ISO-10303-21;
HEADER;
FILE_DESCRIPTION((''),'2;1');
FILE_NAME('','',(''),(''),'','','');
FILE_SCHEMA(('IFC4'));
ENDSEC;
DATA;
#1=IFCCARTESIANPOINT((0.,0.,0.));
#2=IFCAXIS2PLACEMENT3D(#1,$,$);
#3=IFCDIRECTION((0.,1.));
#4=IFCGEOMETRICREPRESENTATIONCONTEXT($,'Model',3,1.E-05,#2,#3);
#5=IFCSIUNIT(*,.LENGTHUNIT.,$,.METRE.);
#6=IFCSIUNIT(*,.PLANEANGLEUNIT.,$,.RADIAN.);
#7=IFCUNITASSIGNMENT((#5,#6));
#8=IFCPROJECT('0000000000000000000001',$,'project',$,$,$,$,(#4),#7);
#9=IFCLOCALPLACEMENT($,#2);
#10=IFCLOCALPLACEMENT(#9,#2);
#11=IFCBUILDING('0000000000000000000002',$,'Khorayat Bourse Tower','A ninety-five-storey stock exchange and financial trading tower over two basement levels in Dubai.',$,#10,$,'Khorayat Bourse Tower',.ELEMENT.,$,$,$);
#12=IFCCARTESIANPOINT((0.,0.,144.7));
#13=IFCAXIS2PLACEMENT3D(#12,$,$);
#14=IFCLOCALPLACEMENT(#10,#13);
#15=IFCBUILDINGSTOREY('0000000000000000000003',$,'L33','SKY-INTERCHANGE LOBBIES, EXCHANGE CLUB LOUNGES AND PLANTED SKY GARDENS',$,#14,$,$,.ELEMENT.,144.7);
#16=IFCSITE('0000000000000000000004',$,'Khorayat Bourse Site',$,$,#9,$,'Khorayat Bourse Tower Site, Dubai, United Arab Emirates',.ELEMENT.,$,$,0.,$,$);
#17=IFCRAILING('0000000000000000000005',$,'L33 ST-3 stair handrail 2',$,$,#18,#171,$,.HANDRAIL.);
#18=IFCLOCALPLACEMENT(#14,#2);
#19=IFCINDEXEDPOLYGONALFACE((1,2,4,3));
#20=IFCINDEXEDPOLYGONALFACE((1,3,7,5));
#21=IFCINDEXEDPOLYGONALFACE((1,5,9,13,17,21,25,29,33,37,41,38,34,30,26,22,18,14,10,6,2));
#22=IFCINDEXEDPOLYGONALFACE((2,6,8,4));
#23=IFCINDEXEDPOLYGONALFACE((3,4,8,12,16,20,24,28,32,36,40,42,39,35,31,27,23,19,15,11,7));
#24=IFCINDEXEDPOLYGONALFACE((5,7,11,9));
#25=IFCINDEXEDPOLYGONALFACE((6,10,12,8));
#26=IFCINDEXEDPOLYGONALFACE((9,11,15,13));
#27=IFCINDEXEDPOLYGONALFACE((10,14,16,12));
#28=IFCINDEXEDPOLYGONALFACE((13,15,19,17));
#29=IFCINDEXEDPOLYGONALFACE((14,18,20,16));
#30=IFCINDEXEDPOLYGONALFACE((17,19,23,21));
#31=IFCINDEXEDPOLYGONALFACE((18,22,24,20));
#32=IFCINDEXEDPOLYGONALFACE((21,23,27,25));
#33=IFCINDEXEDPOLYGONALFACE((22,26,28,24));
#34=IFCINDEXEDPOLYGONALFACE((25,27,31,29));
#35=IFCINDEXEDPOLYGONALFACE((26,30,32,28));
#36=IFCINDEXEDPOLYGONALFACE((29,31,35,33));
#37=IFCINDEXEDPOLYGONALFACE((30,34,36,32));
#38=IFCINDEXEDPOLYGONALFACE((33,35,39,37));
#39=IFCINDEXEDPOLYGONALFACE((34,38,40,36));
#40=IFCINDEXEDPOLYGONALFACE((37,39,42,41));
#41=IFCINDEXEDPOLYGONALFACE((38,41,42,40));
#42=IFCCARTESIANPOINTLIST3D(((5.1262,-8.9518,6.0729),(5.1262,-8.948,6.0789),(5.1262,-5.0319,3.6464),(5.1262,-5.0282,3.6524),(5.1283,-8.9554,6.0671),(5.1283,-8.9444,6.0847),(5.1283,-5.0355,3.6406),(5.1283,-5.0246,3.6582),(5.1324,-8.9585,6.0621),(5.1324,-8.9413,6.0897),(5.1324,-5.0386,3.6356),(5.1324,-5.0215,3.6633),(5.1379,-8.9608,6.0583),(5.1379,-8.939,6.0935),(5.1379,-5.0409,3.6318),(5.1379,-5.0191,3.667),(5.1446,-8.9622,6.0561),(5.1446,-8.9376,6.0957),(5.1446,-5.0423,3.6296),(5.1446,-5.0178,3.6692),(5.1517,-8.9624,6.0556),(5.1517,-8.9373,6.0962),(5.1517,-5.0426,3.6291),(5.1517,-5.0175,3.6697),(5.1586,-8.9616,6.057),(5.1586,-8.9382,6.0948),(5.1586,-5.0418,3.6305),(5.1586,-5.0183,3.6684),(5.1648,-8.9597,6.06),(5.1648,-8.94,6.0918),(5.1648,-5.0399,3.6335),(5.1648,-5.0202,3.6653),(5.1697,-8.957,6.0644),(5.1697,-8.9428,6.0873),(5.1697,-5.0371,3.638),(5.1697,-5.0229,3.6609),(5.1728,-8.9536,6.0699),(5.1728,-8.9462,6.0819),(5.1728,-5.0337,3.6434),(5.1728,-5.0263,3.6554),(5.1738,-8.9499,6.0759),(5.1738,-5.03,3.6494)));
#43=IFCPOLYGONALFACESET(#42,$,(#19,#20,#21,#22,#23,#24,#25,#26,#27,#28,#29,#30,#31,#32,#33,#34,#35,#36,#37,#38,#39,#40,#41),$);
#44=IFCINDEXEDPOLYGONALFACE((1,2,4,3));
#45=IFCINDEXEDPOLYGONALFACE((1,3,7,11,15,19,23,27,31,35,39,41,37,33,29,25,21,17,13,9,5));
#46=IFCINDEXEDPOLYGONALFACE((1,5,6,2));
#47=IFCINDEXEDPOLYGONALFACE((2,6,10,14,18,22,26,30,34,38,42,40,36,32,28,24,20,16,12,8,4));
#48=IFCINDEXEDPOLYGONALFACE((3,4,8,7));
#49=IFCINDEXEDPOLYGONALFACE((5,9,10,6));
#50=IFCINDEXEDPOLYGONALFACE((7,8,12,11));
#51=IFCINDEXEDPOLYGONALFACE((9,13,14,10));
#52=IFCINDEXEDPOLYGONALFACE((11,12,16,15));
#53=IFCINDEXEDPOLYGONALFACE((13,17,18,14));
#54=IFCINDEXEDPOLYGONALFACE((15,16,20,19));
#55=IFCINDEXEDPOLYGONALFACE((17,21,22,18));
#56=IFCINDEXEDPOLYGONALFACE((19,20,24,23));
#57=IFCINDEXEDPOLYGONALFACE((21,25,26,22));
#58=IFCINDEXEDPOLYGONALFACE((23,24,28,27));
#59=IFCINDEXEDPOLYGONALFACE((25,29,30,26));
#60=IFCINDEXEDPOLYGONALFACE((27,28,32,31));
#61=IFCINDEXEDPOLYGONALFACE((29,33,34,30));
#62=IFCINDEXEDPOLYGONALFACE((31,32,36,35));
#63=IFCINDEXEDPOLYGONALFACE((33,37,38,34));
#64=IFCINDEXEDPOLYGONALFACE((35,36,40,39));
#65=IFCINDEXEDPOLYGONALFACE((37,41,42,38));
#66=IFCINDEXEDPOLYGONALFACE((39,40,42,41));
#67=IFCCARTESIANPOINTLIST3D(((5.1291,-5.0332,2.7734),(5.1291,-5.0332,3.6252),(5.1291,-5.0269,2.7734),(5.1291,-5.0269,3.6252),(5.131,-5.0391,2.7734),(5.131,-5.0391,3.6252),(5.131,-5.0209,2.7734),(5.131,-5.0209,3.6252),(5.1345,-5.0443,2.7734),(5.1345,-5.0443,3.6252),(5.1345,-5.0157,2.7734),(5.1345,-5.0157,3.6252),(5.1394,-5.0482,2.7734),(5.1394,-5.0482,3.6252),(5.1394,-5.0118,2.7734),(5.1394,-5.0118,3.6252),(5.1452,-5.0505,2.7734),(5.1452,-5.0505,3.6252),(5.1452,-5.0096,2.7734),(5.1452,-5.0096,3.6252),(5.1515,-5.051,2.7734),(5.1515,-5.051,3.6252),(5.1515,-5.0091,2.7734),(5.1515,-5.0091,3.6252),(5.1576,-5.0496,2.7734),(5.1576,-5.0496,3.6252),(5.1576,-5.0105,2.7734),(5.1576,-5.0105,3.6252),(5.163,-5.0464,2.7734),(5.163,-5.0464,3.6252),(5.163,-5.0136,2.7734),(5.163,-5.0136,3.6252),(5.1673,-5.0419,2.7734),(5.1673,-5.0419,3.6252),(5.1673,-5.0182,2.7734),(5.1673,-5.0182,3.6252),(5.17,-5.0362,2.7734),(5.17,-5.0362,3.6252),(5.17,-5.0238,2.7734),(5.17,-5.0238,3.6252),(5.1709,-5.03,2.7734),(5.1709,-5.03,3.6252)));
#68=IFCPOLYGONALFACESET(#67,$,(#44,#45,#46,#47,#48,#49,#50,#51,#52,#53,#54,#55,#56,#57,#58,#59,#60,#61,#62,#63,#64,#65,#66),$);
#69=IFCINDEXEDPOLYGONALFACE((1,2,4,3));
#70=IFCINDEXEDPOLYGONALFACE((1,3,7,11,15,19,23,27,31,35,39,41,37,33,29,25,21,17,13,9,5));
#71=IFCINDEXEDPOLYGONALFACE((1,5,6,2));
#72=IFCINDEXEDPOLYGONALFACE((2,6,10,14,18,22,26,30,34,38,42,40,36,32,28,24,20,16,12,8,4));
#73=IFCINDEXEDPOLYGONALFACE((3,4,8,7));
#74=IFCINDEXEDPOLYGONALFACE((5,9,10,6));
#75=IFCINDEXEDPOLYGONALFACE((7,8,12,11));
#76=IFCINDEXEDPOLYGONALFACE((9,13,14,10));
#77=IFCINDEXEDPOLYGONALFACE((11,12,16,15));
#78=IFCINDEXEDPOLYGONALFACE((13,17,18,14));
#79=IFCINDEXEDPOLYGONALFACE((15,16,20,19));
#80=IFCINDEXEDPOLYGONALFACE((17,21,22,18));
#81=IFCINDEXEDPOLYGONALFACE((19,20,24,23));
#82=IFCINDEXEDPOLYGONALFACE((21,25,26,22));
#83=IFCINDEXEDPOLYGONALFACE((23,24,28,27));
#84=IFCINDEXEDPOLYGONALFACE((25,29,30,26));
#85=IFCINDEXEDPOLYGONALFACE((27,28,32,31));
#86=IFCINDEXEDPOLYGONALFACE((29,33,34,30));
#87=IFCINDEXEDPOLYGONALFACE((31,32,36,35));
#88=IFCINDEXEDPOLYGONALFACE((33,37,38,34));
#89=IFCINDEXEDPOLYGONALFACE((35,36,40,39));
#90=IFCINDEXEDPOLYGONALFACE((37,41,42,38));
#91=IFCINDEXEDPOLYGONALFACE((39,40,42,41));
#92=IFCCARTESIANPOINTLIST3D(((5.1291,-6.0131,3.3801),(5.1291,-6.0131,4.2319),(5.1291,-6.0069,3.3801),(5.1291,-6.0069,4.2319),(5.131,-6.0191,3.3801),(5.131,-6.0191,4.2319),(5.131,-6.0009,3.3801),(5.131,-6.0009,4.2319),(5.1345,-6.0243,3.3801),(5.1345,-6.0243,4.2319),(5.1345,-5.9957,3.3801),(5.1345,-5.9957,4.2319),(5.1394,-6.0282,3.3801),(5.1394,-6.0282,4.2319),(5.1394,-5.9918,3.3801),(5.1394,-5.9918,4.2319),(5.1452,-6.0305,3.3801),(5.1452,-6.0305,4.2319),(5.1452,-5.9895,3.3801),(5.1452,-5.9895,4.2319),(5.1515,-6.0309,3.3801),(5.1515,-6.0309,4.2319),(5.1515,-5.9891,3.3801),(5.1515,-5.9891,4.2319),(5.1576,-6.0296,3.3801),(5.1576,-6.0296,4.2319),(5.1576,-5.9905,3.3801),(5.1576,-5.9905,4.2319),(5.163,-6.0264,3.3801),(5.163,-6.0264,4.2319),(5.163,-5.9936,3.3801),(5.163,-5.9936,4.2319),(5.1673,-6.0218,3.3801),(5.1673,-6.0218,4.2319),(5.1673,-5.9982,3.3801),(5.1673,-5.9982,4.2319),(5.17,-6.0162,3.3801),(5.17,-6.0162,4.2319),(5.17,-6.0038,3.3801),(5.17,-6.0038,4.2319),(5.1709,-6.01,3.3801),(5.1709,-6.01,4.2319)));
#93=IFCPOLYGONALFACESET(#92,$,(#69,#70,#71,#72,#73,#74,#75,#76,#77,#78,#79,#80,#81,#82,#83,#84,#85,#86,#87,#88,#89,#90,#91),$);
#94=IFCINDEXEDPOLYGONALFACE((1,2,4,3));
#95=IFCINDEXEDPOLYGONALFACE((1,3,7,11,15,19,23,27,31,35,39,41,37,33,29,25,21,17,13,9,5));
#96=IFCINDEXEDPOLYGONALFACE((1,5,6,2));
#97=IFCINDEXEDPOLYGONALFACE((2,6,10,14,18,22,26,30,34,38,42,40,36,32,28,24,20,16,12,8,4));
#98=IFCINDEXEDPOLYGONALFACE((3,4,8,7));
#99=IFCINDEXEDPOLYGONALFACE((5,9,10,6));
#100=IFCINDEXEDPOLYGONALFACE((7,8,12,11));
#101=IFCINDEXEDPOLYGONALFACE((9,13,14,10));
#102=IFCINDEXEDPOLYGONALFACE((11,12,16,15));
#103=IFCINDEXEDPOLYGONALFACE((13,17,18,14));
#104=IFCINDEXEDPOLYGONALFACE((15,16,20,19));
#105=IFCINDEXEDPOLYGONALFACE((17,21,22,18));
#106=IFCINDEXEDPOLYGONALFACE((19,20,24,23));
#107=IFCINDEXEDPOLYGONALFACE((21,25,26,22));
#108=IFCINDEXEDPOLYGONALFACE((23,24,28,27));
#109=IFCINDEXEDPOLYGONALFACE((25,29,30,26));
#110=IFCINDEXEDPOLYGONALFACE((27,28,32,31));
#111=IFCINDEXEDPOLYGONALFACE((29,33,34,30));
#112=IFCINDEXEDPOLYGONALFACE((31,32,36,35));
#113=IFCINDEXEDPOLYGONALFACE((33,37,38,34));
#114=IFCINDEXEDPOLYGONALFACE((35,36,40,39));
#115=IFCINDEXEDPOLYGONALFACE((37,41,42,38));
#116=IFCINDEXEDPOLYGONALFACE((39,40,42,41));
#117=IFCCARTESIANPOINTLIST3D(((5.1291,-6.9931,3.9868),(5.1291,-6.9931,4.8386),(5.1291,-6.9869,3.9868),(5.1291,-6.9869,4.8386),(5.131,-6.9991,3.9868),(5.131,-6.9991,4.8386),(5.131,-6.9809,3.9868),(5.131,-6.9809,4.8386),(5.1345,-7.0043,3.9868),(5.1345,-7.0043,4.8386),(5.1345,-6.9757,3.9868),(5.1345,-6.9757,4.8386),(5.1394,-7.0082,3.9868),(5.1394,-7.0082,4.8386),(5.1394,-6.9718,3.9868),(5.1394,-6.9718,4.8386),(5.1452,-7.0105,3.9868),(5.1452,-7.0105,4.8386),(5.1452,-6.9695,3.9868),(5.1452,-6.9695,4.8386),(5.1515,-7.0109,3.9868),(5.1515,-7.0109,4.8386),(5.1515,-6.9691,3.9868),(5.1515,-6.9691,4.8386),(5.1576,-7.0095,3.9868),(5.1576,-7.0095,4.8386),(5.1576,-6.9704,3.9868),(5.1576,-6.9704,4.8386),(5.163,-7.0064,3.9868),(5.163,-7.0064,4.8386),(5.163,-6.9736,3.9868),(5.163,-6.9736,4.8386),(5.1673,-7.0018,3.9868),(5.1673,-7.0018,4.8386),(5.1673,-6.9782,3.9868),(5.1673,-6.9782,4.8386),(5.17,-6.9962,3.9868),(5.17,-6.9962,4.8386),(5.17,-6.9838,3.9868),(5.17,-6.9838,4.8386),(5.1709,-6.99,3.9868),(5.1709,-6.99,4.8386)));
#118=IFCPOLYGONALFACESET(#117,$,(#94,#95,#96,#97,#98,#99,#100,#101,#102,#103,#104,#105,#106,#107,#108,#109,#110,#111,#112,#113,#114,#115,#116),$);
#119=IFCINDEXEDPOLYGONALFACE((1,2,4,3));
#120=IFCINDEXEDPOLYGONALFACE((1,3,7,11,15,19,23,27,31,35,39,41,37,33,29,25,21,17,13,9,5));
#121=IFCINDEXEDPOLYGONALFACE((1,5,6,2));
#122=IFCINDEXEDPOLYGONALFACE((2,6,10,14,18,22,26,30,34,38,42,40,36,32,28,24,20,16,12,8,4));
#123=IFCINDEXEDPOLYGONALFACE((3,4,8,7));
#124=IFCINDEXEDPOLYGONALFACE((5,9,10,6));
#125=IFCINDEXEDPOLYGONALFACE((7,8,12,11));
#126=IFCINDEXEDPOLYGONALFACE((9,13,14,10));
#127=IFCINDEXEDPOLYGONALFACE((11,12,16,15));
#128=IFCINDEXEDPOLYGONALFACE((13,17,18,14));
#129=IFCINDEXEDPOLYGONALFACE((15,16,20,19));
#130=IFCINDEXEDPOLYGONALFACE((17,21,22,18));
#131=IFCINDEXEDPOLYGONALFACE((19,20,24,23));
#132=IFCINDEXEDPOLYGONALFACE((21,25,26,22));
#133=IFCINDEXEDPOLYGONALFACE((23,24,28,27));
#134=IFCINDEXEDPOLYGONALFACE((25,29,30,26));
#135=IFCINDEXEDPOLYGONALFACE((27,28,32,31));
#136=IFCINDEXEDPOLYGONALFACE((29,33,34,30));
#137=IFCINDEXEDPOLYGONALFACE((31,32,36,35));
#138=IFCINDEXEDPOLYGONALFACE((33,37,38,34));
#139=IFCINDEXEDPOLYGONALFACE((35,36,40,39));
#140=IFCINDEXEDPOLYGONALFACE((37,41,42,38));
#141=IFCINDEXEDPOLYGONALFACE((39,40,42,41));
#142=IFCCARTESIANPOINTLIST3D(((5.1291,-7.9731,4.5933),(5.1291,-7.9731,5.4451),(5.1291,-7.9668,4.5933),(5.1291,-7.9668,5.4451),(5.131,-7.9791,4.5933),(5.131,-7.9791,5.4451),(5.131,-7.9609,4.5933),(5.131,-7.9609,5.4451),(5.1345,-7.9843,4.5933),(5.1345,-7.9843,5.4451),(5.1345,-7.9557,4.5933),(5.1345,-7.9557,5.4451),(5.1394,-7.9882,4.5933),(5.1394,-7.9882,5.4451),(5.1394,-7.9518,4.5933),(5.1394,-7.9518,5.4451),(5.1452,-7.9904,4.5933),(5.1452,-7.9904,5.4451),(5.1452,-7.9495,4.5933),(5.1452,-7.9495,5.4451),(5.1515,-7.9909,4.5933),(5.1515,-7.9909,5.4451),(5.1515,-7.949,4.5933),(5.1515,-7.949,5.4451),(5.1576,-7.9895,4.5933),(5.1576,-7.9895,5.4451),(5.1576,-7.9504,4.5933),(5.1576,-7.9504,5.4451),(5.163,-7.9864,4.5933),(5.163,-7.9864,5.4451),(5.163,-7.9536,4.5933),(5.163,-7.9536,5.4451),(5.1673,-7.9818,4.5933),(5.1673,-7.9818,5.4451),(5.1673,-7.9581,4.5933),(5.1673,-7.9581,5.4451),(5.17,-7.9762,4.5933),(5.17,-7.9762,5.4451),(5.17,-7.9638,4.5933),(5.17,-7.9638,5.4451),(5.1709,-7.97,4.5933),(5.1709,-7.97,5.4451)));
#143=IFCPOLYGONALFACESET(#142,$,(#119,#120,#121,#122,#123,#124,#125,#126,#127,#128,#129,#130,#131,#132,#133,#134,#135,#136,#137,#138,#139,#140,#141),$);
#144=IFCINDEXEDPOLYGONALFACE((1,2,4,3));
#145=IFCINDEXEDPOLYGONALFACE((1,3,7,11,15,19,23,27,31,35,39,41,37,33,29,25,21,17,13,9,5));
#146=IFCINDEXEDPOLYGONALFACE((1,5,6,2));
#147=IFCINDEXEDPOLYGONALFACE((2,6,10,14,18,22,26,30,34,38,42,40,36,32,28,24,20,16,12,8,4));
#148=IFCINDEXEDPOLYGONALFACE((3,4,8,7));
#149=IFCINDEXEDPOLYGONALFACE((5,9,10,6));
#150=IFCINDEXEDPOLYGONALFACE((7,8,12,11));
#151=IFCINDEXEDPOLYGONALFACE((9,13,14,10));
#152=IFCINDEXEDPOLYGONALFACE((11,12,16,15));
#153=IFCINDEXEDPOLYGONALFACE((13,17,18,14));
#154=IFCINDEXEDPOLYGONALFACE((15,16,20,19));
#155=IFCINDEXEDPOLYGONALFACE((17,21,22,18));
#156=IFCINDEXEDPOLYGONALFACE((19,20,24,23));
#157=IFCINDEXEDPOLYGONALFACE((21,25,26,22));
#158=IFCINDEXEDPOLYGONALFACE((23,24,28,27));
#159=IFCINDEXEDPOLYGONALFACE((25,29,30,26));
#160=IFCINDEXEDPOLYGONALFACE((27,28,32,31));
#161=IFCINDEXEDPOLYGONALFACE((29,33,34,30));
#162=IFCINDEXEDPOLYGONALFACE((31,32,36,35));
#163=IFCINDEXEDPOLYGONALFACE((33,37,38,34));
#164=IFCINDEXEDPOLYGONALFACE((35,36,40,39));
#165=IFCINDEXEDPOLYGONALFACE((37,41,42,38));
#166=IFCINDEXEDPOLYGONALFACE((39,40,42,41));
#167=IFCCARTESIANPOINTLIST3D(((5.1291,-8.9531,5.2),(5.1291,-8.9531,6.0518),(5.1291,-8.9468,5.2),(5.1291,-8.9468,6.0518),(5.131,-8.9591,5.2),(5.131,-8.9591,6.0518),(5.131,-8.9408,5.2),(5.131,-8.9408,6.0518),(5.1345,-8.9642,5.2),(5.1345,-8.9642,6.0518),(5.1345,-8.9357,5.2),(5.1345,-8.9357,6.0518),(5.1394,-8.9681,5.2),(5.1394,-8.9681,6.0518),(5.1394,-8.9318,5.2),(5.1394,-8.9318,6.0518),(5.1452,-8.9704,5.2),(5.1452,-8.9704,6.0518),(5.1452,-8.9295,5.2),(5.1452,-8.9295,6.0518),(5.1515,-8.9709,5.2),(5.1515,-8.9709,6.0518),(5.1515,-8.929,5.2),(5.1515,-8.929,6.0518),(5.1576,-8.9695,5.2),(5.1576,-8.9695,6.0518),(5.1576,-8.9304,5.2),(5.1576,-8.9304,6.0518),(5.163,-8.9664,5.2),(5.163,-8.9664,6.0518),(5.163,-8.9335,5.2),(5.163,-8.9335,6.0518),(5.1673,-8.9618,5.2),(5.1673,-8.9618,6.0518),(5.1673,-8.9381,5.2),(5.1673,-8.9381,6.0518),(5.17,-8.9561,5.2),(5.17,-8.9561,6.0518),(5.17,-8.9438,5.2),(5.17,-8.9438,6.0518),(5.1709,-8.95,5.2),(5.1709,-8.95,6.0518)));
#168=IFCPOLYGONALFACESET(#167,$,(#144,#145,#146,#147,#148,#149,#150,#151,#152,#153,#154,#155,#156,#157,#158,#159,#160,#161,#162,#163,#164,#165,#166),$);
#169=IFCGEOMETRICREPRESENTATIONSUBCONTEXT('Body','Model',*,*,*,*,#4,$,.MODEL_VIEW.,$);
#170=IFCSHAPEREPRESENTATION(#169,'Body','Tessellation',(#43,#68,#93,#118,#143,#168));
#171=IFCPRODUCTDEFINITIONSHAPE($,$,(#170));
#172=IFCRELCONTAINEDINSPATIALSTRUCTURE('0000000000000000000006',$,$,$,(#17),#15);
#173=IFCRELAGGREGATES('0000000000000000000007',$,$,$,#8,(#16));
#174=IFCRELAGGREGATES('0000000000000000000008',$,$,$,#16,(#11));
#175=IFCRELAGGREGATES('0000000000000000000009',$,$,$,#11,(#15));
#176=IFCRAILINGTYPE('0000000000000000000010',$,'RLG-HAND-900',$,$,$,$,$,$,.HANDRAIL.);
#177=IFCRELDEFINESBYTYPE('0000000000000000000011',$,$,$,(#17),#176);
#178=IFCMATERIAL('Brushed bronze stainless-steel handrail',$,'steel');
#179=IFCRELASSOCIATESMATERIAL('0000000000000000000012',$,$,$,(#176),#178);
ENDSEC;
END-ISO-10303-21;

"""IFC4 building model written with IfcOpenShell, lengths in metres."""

from ifc_helpers import new_model, si_unit, direction, frame, origin, origin_2d, place, context, subcontext, project, spatial, circle, extrude, source, transform, mapped, material, type_object, element, save


model = new_model("IFC4")

# Units and contexts
model_context = context("Model", 3, precision=1e-05, world=origin(), true_north=direction((0.0, 1.0)))
body_context = subcontext(model_context, "Body", "Model", "MODEL_VIEW")
ifc_project = project(units=[si_unit("LENGTHUNIT", "METRE"), si_unit("PLANEANGLEUNIT", "RADIAN")], contexts=[model_context])

# Site, building, storey
site_placement = place(None, origin())
site = spatial("IfcSite", under=ifc_project, at=site_placement, Name="Khorayat Bourse Site", LongName="Khorayat Bourse Tower Site, Dubai, United Arab Emirates", CompositionType="ELEMENT", RefElevation=0.0)
building_placement = place(site_placement, origin())
building = spatial("IfcBuilding", under=site, at=building_placement, Name="Khorayat Bourse Tower", Description="A ninety-five-storey stock exchange and financial trading tower over two basement levels in Dubai.", LongName="Khorayat Bourse Tower", CompositionType="ELEMENT")
storey_placement = place(building_placement, frame((0.0, 0.0, 144.7)))
storey = spatial("IfcBuildingStorey", under=building, at=storey_placement, Name="L33", Description="SKY-INTERCHANGE LOBBIES, EXCHANGE CLUB LOUNGES AND PLANTED SKY GARDENS", CompositionType="ELEMENT", Elevation=144.7)

# Railing
ifc_material_1 = material(Name="Brushed bronze stainless-steel handrail", Category="steel")
railing_type_1 = type_object("IfcRailingType", Name="RLG-HAND-900", PredefinedType="HANDRAIL", material=ifc_material_1)
shared_shape_1 = source(origin(), body_context, "Body", "SweptSolid", [
    extrude(circle(Radius=0.0239, at=origin_2d()), frame((0.0, 0.0, 0.876), z_axis=(0.0, -0.850275, 0.526338), x_axis=(1.0, 0.0, 0.0)), (0.0, 0.0, 1.0), 4.6101),
    extrude(circle(Radius=0.021, at=origin_2d()), origin(), (0.0, 0.0, 1.0), 0.8518),
    extrude(circle(Radius=0.021, at=origin_2d()), frame((0.0, -0.98, 0.6067)), (0.0, 0.0, 1.0), 0.8518),
    extrude(circle(Radius=0.021, at=origin_2d()), frame((0.0, -1.96, 1.2134)), (0.0, 0.0, 1.0), 0.8518),
    extrude(circle(Radius=0.021, at=origin_2d()), frame((0.0, -2.9399, 1.8198)), (0.0, 0.0, 1.0), 0.8518),
    extrude(circle(Radius=0.021, at=origin_2d()), frame((0.0, -3.9199, 2.4265)), (0.0, 0.0, 1.0), 0.8518),
])
railing_1_placement = place(storey_placement, frame((5.1499, -5.03, 2.7734)))
element("IfcRailing", 1, at=railing_1_placement, inside=storey, type_object=railing_type_1, Name="L33 ST-3 stair handrail 2", PredefinedType="HANDRAIL", context=body_context, shape_type="MappedRepresentation", body=[
    mapped(shared_shape_1, transform((0.0, 0.0, 0.0), scale=1.0)),
])

save(model, "model.ifc")
